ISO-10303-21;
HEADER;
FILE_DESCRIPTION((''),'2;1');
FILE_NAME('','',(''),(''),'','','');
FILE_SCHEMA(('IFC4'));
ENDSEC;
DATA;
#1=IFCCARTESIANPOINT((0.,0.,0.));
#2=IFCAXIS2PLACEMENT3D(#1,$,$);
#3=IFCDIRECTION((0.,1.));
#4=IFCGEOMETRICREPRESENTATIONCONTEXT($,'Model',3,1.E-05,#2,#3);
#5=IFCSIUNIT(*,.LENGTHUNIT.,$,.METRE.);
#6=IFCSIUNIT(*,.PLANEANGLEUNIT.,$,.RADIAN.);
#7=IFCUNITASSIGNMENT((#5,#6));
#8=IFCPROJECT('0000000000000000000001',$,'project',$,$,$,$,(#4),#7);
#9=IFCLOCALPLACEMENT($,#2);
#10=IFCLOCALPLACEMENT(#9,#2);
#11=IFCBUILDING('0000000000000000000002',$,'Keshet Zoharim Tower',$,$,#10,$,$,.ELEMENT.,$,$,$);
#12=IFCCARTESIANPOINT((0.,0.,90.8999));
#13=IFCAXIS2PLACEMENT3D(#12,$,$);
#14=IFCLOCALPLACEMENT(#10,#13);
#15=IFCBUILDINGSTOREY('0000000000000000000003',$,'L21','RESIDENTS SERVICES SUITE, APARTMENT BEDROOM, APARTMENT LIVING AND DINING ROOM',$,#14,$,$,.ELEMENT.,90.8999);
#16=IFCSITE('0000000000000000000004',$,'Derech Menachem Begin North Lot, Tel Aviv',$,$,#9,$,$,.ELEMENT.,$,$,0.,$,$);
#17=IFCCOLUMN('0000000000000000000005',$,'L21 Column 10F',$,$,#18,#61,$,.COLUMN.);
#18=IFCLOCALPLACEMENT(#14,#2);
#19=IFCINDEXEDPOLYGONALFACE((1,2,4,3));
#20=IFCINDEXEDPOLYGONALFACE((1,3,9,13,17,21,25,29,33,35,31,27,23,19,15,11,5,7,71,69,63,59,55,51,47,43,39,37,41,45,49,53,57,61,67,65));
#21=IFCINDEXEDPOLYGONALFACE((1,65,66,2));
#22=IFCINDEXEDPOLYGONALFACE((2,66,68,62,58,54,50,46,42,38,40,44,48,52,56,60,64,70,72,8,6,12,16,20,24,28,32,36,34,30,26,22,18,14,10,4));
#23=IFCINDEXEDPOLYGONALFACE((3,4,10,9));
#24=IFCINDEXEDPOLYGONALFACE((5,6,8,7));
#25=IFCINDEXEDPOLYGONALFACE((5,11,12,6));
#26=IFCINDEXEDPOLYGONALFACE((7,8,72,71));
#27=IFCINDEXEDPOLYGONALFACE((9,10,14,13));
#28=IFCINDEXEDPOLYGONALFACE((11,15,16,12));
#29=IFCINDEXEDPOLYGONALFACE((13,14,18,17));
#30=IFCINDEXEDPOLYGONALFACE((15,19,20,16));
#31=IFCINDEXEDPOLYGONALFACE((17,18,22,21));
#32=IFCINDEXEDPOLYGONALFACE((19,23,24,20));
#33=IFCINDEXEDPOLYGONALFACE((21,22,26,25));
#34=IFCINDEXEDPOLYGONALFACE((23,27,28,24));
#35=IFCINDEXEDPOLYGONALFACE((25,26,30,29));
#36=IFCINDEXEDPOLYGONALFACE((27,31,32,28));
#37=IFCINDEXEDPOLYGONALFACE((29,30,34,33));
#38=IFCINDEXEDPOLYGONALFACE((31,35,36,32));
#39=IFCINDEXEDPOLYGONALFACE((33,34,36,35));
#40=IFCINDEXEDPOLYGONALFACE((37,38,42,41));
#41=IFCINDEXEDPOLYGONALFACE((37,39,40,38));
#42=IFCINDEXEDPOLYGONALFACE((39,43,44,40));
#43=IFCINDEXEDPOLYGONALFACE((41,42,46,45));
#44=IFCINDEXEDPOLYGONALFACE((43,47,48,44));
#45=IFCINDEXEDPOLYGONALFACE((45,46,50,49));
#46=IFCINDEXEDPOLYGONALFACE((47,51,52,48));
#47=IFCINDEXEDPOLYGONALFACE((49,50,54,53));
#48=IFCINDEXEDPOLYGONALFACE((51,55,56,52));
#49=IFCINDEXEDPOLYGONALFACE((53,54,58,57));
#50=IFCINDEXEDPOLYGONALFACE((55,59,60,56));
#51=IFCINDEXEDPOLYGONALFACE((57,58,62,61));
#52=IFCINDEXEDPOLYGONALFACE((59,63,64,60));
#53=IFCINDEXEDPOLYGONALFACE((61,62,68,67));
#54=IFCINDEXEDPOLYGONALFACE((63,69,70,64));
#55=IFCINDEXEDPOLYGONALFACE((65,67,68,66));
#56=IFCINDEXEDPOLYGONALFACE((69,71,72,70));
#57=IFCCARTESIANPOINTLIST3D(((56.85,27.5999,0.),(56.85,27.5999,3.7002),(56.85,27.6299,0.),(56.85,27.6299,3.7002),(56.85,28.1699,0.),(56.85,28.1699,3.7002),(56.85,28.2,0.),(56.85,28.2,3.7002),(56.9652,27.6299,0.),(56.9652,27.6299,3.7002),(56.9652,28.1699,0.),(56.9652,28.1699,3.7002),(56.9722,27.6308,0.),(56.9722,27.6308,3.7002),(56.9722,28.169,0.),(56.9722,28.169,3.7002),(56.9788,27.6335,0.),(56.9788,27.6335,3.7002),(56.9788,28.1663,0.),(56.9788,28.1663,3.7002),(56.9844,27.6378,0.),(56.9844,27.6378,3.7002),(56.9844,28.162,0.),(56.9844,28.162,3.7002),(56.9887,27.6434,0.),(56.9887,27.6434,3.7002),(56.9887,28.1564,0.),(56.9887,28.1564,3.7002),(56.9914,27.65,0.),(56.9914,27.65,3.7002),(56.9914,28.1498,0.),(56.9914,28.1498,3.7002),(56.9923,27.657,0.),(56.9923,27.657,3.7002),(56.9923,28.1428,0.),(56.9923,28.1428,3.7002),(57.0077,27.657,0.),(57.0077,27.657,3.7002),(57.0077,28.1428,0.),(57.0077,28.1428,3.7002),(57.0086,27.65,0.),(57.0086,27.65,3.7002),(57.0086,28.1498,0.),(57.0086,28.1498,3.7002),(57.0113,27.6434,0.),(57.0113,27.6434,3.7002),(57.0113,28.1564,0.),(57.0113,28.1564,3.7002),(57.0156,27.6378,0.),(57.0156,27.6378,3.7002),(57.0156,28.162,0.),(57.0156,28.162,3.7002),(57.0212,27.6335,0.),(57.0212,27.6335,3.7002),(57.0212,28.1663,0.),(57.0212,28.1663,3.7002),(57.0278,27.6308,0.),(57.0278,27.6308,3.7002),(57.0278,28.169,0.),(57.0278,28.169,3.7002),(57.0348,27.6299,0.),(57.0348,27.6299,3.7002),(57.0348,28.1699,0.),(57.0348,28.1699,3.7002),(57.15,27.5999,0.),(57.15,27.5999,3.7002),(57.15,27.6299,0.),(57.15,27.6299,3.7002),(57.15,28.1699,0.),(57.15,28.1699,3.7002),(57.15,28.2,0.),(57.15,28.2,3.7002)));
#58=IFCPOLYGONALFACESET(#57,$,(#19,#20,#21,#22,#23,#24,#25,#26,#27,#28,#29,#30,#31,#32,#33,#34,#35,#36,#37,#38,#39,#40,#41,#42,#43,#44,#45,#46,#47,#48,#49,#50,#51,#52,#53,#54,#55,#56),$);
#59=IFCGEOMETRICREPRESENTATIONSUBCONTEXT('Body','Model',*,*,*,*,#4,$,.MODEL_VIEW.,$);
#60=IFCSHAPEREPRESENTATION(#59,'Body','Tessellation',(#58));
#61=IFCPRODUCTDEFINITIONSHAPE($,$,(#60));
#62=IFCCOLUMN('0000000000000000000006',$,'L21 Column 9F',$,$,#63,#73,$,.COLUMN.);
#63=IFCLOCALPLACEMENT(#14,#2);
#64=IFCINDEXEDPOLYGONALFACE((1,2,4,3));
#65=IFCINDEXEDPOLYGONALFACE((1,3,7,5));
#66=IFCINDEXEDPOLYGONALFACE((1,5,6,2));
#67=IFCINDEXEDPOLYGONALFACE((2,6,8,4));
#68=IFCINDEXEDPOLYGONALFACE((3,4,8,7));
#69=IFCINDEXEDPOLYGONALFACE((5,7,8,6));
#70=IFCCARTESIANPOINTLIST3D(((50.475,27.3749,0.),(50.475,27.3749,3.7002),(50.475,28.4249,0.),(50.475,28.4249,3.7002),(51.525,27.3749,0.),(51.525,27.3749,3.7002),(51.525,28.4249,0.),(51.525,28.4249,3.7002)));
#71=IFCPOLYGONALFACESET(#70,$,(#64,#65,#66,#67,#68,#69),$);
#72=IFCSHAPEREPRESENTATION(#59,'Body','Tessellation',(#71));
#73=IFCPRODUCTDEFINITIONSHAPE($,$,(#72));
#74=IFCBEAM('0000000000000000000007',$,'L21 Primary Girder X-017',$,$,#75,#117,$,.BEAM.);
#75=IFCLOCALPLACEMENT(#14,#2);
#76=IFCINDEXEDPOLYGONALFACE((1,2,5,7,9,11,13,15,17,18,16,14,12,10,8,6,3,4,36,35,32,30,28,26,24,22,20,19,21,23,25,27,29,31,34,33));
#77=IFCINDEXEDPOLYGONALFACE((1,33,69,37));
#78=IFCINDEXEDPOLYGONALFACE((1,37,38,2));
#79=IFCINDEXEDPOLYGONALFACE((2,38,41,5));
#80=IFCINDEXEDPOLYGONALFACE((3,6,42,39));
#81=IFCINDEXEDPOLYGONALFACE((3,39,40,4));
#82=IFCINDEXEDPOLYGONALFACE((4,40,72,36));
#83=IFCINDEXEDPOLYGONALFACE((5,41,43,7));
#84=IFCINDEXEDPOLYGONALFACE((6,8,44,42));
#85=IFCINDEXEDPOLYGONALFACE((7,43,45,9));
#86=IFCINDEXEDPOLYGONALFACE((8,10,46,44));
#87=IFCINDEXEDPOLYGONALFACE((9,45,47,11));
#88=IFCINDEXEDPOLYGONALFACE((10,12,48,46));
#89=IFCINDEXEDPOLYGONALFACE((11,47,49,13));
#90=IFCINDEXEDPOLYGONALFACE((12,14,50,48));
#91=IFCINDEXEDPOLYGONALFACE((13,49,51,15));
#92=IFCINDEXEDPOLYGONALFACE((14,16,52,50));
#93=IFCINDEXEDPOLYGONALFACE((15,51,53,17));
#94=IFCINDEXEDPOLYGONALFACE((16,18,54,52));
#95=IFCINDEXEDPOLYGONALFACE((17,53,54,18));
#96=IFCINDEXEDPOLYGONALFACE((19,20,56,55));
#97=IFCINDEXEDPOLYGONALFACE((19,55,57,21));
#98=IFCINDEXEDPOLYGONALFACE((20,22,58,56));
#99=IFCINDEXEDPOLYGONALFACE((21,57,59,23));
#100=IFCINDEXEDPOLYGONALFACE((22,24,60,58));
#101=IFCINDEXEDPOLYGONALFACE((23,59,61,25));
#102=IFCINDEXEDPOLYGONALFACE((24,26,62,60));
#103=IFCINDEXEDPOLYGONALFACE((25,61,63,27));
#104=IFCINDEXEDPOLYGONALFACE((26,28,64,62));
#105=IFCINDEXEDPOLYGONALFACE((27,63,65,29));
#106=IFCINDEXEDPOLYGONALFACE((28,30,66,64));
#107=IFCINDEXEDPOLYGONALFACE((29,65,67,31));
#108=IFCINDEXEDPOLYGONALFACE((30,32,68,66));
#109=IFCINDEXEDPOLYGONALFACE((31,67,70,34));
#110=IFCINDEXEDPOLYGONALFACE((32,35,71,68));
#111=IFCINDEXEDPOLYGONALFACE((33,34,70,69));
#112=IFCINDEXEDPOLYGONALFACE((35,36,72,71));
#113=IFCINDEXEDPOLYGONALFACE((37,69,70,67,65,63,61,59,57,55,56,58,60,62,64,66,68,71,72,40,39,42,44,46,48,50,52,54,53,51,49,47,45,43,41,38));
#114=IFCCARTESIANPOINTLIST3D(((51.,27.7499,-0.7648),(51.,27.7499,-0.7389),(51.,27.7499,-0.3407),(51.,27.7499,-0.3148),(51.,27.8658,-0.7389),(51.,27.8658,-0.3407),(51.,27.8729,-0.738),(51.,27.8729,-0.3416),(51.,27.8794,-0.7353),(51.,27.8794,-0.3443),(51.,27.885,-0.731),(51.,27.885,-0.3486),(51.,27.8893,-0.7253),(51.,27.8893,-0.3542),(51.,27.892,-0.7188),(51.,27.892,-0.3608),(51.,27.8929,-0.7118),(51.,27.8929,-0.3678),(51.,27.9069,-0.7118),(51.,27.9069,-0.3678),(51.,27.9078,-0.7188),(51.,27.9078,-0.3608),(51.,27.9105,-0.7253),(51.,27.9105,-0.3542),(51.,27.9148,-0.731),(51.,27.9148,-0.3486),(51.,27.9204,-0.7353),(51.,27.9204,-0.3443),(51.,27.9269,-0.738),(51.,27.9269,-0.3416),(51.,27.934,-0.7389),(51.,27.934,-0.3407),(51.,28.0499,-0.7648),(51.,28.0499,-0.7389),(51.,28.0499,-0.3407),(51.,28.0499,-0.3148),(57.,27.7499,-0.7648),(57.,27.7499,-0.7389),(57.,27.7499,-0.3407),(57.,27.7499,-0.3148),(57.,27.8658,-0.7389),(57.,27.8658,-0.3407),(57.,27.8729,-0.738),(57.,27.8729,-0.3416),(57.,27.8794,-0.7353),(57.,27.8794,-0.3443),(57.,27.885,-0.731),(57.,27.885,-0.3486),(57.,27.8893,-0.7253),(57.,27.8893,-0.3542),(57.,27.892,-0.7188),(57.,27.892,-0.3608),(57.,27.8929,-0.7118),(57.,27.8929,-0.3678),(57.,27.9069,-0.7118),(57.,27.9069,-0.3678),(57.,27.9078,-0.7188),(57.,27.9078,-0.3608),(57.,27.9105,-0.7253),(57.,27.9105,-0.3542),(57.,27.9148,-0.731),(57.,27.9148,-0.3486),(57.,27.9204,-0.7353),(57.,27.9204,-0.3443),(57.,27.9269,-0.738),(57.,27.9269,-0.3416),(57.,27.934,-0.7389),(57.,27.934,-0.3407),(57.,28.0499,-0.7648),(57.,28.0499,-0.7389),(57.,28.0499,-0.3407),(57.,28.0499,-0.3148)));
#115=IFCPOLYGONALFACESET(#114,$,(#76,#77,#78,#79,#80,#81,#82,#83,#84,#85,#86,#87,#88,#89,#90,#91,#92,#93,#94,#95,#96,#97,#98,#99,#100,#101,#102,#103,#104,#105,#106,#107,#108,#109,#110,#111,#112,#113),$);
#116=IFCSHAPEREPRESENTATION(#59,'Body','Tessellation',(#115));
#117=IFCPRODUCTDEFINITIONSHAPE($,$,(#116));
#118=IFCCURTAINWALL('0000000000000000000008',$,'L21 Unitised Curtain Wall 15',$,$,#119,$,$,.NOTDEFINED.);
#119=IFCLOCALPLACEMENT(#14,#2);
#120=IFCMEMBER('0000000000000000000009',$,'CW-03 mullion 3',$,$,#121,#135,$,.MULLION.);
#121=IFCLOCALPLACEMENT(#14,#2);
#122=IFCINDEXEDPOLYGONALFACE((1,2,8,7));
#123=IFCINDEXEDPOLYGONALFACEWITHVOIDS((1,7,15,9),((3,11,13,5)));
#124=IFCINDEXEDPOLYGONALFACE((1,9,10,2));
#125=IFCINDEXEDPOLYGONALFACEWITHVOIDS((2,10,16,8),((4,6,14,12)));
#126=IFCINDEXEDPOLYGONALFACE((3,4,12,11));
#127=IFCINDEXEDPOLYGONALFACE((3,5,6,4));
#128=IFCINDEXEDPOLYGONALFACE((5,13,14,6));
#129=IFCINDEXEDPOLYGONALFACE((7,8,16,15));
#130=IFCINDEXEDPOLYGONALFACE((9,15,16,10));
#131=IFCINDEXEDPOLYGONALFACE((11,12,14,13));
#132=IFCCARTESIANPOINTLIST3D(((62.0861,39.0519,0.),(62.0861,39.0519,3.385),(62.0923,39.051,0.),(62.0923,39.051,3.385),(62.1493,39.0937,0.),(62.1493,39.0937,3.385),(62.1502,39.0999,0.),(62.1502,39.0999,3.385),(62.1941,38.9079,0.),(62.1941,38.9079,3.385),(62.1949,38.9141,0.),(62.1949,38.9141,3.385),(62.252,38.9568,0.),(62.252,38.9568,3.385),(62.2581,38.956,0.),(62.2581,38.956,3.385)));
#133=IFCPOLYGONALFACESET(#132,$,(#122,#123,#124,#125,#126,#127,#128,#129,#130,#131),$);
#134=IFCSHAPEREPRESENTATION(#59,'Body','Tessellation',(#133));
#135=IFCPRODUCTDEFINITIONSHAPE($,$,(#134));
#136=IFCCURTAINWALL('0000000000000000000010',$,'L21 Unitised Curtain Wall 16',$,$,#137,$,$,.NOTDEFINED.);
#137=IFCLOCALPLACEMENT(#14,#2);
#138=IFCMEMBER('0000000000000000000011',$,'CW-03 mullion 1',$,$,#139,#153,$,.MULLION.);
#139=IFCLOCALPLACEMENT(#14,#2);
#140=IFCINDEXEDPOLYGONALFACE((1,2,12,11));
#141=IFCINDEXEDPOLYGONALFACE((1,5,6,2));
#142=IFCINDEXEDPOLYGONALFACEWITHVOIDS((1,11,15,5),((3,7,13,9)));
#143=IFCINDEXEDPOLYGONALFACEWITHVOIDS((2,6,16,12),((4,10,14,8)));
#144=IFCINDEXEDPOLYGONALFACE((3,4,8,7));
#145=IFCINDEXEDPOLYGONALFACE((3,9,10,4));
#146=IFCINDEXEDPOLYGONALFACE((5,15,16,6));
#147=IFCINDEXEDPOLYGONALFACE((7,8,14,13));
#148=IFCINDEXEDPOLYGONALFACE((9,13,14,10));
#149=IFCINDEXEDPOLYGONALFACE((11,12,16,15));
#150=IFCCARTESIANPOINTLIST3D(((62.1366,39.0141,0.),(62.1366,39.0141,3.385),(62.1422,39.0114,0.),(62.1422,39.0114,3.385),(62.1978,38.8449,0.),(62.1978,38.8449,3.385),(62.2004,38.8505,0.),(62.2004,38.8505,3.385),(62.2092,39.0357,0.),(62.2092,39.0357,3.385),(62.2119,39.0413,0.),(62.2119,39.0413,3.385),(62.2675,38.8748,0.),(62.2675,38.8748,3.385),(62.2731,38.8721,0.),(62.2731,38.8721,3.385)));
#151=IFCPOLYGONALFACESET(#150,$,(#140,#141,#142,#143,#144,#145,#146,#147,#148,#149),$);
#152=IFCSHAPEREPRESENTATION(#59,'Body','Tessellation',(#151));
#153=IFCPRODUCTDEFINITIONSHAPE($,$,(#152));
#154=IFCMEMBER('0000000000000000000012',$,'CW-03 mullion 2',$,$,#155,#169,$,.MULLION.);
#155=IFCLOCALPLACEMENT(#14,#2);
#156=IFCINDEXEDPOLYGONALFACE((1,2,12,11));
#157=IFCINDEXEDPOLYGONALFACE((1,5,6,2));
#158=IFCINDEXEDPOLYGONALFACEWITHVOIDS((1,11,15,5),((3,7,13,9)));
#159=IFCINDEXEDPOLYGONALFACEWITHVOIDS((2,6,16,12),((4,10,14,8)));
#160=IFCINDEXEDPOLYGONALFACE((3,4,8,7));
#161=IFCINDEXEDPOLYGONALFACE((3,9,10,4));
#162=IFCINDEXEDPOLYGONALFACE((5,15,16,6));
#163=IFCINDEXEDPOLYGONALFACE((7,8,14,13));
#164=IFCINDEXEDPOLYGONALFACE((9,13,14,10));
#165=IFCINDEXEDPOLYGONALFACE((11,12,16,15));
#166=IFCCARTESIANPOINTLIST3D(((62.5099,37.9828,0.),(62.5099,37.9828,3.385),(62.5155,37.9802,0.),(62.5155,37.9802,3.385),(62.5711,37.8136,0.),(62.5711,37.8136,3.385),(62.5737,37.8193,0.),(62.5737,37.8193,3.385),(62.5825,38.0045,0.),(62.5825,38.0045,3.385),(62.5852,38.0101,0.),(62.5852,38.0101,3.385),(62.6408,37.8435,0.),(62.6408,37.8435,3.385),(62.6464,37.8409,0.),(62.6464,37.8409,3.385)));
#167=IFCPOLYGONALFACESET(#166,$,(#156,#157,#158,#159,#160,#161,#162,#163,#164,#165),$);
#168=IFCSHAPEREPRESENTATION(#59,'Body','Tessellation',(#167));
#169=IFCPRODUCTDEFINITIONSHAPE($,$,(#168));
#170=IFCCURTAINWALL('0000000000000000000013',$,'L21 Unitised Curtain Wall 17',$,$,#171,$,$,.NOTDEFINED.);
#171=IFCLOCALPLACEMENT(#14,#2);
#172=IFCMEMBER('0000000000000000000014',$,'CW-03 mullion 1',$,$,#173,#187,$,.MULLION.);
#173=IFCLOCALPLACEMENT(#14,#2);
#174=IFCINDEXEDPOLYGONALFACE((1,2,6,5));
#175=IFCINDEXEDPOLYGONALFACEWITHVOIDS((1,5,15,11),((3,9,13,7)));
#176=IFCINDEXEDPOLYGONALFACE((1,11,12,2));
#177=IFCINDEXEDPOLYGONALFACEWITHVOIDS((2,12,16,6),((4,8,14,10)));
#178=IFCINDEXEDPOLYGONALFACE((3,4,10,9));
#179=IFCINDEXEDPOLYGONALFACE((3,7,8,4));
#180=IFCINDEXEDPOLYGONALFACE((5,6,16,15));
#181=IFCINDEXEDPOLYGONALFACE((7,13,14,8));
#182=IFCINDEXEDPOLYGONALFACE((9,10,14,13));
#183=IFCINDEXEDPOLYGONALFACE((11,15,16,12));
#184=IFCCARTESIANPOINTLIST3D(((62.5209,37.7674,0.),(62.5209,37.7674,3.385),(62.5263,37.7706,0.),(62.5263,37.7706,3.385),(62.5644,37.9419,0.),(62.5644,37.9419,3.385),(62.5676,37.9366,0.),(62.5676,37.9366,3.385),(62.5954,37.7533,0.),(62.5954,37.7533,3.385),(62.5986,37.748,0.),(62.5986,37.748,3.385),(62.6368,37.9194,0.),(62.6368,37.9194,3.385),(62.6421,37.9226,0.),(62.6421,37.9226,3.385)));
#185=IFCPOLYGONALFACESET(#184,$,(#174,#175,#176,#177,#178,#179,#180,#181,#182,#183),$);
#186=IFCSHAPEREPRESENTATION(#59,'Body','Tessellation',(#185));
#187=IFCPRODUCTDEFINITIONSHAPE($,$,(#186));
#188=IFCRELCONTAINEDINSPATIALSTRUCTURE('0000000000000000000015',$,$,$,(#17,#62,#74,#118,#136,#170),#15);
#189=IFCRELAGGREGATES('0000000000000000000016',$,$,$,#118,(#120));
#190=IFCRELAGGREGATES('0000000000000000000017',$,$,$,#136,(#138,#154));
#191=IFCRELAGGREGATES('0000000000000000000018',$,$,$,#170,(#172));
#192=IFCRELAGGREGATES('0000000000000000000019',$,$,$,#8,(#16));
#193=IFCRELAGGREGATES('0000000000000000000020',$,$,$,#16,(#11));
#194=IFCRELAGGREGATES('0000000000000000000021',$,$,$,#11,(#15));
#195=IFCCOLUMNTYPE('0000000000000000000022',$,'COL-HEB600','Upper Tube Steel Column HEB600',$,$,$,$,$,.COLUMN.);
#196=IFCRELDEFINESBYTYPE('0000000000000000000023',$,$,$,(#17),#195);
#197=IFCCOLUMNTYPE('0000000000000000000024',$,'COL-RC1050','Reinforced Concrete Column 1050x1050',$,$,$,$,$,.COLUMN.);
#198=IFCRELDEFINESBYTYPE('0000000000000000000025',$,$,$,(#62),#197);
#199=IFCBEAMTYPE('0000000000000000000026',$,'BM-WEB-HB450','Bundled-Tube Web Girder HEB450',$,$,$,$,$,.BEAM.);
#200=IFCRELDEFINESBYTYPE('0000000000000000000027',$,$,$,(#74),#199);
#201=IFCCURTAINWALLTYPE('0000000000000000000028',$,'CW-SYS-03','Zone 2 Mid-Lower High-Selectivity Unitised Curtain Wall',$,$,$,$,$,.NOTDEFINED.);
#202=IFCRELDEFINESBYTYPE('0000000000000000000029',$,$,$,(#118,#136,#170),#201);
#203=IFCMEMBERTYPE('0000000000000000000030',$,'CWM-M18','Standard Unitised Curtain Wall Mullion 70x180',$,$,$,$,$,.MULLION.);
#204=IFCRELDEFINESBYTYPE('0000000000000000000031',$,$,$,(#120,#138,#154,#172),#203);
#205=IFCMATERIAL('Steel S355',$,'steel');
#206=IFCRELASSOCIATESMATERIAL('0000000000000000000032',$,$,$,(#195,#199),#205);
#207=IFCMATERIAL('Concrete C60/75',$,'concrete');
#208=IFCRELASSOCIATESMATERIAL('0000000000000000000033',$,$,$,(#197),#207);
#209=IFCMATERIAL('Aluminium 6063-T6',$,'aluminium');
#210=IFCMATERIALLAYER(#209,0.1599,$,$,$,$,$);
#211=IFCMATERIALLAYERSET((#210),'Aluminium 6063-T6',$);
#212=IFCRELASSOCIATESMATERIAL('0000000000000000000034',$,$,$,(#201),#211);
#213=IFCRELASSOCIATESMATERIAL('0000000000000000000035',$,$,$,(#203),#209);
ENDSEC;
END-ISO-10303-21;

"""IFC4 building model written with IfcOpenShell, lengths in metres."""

from ifc_helpers import new_model, si_unit, direction, frame, origin, origin_2d, place, context, subcontext, project, spatial, rectangle, hollow_rectangle, i_section, extrude, material, layer, layer_set, material_profile, profile_set, type_object, element, aggregate, save


model = new_model("IFC4")

# Units and contexts
model_context = context("Model", 3, precision=1e-05, world=origin(), true_north=direction((0.0, 1.0)))
body_context = subcontext(model_context, "Body", "Model", "MODEL_VIEW")
ifc_project = project(units=[si_unit("LENGTHUNIT", "METRE"), si_unit("PLANEANGLEUNIT", "RADIAN")], contexts=[model_context])

# Site, building, storey
site_placement = place(None, origin())
site = spatial("IfcSite", under=ifc_project, at=site_placement, Name="Derech Menachem Begin North Lot, Tel Aviv", CompositionType="ELEMENT", RefElevation=0.0)
building_placement = place(site_placement, origin())
building = spatial("IfcBuilding", under=site, at=building_placement, Name="Keshet Zoharim Tower", CompositionType="ELEMENT")
storey_placement = place(building_placement, frame((0.0, 0.0, 90.8999)))
storey = spatial("IfcBuildingStorey", under=building, at=storey_placement, Name="L21", Description="RESIDENTS SERVICES SUITE, APARTMENT BEDROOM, APARTMENT LIVING AND DINING ROOM", CompositionType="ELEMENT", Elevation=90.8999)

# Columns
ifc_material_1 = material(Name="Steel S355", Category="steel")
ifc_material_profile_1 = material_profile(ifc_material_1, i_section(OverallWidth=0.3, OverallDepth=0.6001, WebThickness=0.0154, FlangeThickness=0.03, FilletRadius=0.0271, at=origin_2d()), Name="HEB600")
ifc_profile_set_1 = profile_set([ifc_material_profile_1], Name="Steel S355")
column_type_1 = type_object("IfcColumnType", Name="COL-HEB600", Description="Upper Tube Steel Column HEB600", PredefinedType="COLUMN", material=ifc_profile_set_1)
column_1_placement = place(storey_placement, frame((57.0, 27.8999, 0.0), z_axis=(0.0, 0.0, 1.0), x_axis=(1.0, 0.0, 0.0)))
element("IfcColumn", 1, at=column_1_placement, inside=storey, type_object=column_type_1, Name="L21 Column 10F", PredefinedType="COLUMN", context=body_context, shape_type="SweptSolid", body=[
    extrude(i_section(OverallWidth=0.3, OverallDepth=0.6001, WebThickness=0.0154, FlangeThickness=0.03, FilletRadius=0.0271, at=origin_2d()), origin(), (0.0, 0.0, 1.0), 3.7002),
])
ifc_material_2 = material(Name="Concrete C60/75", Category="concrete")
ifc_material_profile_2 = material_profile(ifc_material_2, rectangle(XDim=1.05, YDim=1.05, at=origin_2d()), Name="RC1050x1050")
ifc_profile_set_2 = profile_set([ifc_material_profile_2], Name="Concrete C60/75")
column_type_2 = type_object("IfcColumnType", Name="COL-RC1050", Description="Reinforced Concrete Column 1050x1050", PredefinedType="COLUMN", material=ifc_profile_set_2)
column_2_placement = place(storey_placement, frame((51.0, 27.8999, 0.0), z_axis=(0.0, 0.0, 1.0), x_axis=(1.0, 0.0, 0.0)))
element("IfcColumn", 2, at=column_2_placement, inside=storey, type_object=column_type_2, Name="L21 Column 9F", PredefinedType="COLUMN", context=body_context, shape_type="SweptSolid", body=[
    extrude(rectangle(XDim=1.05, YDim=1.05, at=origin_2d()), origin(), (0.0, 0.0, 1.0), 3.7002),
])

# Beam
ifc_material_profile_3 = material_profile(ifc_material_1, i_section(OverallWidth=0.3, OverallDepth=0.45, WebThickness=0.0139, FlangeThickness=0.0259, FilletRadius=0.0271, at=origin_2d()), Name="HEB450")
ifc_profile_set_3 = profile_set([ifc_material_profile_3], Name="Steel S355")
beam_type = type_object("IfcBeamType", Name="BM-WEB-HB450", Description="Bundled-Tube Web Girder HEB450", PredefinedType="BEAM", material=ifc_profile_set_3)
beam_placement = place(storey_placement, frame((51.0, 27.8999, -0.5398), z_axis=(1.0, 0.0, 0.0), x_axis=(0.0, 1.0, 0.0)))
element("IfcBeam", 3, at=beam_placement, inside=storey, type_object=beam_type, Name="L21 Primary Girder X-017", PredefinedType="BEAM", context=body_context, shape_type="SweptSolid", body=[
    extrude(i_section(OverallWidth=0.3, OverallDepth=0.45, WebThickness=0.0139, FlangeThickness=0.0259, FilletRadius=0.0271, at=origin_2d()), origin(), (0.0, 0.0, 1.0), 6.0),
])

# Curtain wall, member
ifc_material_3 = material(Name="Aluminium 6063-T6", Category="aluminium")
ifc_layer_1 = layer(ifc_material_3, 0.1599)
ifc_layer_set_1 = layer_set([ifc_layer_1], Name="Aluminium 6063-T6")
curtain_wall_type = type_object("IfcCurtainWallType", Name="CW-SYS-03", Description="Zone 2 Mid-Lower High-Selectivity Unitised Curtain Wall", PredefinedType="NOTDEFINED", material=ifc_layer_set_1)
curtain_wall_1_placement = place(storey_placement, origin())
curtain_wall_1 = element("IfcCurtainWall", 4, at=curtain_wall_1_placement, inside=storey, type_object=curtain_wall_type, Name="L21 Unitised Curtain Wall 15", PredefinedType="NOTDEFINED")
ifc_material_profile_4 = material_profile(ifc_material_3, hollow_rectangle(XDim=0.0801, YDim=0.1799, WallThickness=0.0044, at=origin_2d()), Name="MUL-80x180")
ifc_profile_set_4 = profile_set([ifc_material_profile_4], Name="Aluminium 6063-T6")
member_type_1 = type_object("IfcMemberType", Name="CWM-M18", Description="Standard Unitised Curtain Wall Mullion 70x180", PredefinedType="MULLION", material=ifc_profile_set_4)
member_1_placement = place(storey_placement, frame((62.1721, 39.0039, 0.0), z_axis=(0.0, 0.0, 1.0), x_axis=(0.8, 0.6, 0.0)))
member_1 = element("IfcMember", 5, at=member_1_placement, type_object=member_type_1, Name="CW-03 mullion 3", PredefinedType="MULLION", context=body_context, shape_type="SweptSolid", body=[
    extrude(hollow_rectangle(XDim=0.0801, YDim=0.1799, WallThickness=0.0044, at=origin_2d()), origin(), (0.0, 0.0, 1.0), 3.385),
])
aggregate(curtain_wall_1, [member_1])

# Curtain walls, members
curtain_wall_2_placement = place(storey_placement, origin())
curtain_wall_2 = element("IfcCurtainWall", 6, at=curtain_wall_2_placement, inside=storey, type_object=curtain_wall_type, Name="L21 Unitised Curtain Wall 16", PredefinedType="NOTDEFINED")
member_2_placement = place(storey_placement, frame((62.2048, 38.9431, 0.0), z_axis=(0.0, 0.0, 1.0), x_axis=(0.940318, 0.340297, 0.0)))
member_2 = element("IfcMember", 7, at=member_2_placement, type_object=member_type_1, Name="CW-03 mullion 1", PredefinedType="MULLION", context=body_context, shape_type="SweptSolid", body=[
    extrude(hollow_rectangle(XDim=0.0801, YDim=0.1799, WallThickness=0.0044, at=origin_2d()), origin(), (0.0, 0.0, 1.0), 3.385),
])
member_3_placement = place(storey_placement, frame((62.5781, 37.9119, 0.0), z_axis=(0.0, 0.0, 1.0), x_axis=(0.940318, 0.340297, 0.0)))
member_3 = element("IfcMember", 8, at=member_3_placement, type_object=member_type_1, Name="CW-03 mullion 2", PredefinedType="MULLION", context=body_context, shape_type="SweptSolid", body=[
    extrude(hollow_rectangle(XDim=0.0801, YDim=0.1799, WallThickness=0.0044, at=origin_2d()), origin(), (0.0, 0.0, 1.0), 3.385),
])
curtain_wall_3_placement = place(storey_placement, origin())
curtain_wall_3 = element("IfcCurtainWall", 9, at=curtain_wall_3_placement, inside=storey, type_object=curtain_wall_type, Name="L21 Unitised Curtain Wall 17", PredefinedType="NOTDEFINED")
member_4_placement = place(storey_placement, frame((62.5815, 37.845, 0.0), z_axis=(0.0, 0.0, 1.0), x_axis=(0.970344, -0.241729, 0.0)))
member_4 = element("IfcMember", 10, at=member_4_placement, type_object=member_type_1, Name="CW-03 mullion 1", PredefinedType="MULLION", context=body_context, shape_type="SweptSolid", body=[
    extrude(hollow_rectangle(XDim=0.0801, YDim=0.1799, WallThickness=0.0044, at=origin_2d()), origin(), (0.0, 0.0, 1.0), 3.385),
])

aggregate(curtain_wall_2, [member_2, member_3])
aggregate(curtain_wall_3, [member_4])

save(model, "model.ifc")
